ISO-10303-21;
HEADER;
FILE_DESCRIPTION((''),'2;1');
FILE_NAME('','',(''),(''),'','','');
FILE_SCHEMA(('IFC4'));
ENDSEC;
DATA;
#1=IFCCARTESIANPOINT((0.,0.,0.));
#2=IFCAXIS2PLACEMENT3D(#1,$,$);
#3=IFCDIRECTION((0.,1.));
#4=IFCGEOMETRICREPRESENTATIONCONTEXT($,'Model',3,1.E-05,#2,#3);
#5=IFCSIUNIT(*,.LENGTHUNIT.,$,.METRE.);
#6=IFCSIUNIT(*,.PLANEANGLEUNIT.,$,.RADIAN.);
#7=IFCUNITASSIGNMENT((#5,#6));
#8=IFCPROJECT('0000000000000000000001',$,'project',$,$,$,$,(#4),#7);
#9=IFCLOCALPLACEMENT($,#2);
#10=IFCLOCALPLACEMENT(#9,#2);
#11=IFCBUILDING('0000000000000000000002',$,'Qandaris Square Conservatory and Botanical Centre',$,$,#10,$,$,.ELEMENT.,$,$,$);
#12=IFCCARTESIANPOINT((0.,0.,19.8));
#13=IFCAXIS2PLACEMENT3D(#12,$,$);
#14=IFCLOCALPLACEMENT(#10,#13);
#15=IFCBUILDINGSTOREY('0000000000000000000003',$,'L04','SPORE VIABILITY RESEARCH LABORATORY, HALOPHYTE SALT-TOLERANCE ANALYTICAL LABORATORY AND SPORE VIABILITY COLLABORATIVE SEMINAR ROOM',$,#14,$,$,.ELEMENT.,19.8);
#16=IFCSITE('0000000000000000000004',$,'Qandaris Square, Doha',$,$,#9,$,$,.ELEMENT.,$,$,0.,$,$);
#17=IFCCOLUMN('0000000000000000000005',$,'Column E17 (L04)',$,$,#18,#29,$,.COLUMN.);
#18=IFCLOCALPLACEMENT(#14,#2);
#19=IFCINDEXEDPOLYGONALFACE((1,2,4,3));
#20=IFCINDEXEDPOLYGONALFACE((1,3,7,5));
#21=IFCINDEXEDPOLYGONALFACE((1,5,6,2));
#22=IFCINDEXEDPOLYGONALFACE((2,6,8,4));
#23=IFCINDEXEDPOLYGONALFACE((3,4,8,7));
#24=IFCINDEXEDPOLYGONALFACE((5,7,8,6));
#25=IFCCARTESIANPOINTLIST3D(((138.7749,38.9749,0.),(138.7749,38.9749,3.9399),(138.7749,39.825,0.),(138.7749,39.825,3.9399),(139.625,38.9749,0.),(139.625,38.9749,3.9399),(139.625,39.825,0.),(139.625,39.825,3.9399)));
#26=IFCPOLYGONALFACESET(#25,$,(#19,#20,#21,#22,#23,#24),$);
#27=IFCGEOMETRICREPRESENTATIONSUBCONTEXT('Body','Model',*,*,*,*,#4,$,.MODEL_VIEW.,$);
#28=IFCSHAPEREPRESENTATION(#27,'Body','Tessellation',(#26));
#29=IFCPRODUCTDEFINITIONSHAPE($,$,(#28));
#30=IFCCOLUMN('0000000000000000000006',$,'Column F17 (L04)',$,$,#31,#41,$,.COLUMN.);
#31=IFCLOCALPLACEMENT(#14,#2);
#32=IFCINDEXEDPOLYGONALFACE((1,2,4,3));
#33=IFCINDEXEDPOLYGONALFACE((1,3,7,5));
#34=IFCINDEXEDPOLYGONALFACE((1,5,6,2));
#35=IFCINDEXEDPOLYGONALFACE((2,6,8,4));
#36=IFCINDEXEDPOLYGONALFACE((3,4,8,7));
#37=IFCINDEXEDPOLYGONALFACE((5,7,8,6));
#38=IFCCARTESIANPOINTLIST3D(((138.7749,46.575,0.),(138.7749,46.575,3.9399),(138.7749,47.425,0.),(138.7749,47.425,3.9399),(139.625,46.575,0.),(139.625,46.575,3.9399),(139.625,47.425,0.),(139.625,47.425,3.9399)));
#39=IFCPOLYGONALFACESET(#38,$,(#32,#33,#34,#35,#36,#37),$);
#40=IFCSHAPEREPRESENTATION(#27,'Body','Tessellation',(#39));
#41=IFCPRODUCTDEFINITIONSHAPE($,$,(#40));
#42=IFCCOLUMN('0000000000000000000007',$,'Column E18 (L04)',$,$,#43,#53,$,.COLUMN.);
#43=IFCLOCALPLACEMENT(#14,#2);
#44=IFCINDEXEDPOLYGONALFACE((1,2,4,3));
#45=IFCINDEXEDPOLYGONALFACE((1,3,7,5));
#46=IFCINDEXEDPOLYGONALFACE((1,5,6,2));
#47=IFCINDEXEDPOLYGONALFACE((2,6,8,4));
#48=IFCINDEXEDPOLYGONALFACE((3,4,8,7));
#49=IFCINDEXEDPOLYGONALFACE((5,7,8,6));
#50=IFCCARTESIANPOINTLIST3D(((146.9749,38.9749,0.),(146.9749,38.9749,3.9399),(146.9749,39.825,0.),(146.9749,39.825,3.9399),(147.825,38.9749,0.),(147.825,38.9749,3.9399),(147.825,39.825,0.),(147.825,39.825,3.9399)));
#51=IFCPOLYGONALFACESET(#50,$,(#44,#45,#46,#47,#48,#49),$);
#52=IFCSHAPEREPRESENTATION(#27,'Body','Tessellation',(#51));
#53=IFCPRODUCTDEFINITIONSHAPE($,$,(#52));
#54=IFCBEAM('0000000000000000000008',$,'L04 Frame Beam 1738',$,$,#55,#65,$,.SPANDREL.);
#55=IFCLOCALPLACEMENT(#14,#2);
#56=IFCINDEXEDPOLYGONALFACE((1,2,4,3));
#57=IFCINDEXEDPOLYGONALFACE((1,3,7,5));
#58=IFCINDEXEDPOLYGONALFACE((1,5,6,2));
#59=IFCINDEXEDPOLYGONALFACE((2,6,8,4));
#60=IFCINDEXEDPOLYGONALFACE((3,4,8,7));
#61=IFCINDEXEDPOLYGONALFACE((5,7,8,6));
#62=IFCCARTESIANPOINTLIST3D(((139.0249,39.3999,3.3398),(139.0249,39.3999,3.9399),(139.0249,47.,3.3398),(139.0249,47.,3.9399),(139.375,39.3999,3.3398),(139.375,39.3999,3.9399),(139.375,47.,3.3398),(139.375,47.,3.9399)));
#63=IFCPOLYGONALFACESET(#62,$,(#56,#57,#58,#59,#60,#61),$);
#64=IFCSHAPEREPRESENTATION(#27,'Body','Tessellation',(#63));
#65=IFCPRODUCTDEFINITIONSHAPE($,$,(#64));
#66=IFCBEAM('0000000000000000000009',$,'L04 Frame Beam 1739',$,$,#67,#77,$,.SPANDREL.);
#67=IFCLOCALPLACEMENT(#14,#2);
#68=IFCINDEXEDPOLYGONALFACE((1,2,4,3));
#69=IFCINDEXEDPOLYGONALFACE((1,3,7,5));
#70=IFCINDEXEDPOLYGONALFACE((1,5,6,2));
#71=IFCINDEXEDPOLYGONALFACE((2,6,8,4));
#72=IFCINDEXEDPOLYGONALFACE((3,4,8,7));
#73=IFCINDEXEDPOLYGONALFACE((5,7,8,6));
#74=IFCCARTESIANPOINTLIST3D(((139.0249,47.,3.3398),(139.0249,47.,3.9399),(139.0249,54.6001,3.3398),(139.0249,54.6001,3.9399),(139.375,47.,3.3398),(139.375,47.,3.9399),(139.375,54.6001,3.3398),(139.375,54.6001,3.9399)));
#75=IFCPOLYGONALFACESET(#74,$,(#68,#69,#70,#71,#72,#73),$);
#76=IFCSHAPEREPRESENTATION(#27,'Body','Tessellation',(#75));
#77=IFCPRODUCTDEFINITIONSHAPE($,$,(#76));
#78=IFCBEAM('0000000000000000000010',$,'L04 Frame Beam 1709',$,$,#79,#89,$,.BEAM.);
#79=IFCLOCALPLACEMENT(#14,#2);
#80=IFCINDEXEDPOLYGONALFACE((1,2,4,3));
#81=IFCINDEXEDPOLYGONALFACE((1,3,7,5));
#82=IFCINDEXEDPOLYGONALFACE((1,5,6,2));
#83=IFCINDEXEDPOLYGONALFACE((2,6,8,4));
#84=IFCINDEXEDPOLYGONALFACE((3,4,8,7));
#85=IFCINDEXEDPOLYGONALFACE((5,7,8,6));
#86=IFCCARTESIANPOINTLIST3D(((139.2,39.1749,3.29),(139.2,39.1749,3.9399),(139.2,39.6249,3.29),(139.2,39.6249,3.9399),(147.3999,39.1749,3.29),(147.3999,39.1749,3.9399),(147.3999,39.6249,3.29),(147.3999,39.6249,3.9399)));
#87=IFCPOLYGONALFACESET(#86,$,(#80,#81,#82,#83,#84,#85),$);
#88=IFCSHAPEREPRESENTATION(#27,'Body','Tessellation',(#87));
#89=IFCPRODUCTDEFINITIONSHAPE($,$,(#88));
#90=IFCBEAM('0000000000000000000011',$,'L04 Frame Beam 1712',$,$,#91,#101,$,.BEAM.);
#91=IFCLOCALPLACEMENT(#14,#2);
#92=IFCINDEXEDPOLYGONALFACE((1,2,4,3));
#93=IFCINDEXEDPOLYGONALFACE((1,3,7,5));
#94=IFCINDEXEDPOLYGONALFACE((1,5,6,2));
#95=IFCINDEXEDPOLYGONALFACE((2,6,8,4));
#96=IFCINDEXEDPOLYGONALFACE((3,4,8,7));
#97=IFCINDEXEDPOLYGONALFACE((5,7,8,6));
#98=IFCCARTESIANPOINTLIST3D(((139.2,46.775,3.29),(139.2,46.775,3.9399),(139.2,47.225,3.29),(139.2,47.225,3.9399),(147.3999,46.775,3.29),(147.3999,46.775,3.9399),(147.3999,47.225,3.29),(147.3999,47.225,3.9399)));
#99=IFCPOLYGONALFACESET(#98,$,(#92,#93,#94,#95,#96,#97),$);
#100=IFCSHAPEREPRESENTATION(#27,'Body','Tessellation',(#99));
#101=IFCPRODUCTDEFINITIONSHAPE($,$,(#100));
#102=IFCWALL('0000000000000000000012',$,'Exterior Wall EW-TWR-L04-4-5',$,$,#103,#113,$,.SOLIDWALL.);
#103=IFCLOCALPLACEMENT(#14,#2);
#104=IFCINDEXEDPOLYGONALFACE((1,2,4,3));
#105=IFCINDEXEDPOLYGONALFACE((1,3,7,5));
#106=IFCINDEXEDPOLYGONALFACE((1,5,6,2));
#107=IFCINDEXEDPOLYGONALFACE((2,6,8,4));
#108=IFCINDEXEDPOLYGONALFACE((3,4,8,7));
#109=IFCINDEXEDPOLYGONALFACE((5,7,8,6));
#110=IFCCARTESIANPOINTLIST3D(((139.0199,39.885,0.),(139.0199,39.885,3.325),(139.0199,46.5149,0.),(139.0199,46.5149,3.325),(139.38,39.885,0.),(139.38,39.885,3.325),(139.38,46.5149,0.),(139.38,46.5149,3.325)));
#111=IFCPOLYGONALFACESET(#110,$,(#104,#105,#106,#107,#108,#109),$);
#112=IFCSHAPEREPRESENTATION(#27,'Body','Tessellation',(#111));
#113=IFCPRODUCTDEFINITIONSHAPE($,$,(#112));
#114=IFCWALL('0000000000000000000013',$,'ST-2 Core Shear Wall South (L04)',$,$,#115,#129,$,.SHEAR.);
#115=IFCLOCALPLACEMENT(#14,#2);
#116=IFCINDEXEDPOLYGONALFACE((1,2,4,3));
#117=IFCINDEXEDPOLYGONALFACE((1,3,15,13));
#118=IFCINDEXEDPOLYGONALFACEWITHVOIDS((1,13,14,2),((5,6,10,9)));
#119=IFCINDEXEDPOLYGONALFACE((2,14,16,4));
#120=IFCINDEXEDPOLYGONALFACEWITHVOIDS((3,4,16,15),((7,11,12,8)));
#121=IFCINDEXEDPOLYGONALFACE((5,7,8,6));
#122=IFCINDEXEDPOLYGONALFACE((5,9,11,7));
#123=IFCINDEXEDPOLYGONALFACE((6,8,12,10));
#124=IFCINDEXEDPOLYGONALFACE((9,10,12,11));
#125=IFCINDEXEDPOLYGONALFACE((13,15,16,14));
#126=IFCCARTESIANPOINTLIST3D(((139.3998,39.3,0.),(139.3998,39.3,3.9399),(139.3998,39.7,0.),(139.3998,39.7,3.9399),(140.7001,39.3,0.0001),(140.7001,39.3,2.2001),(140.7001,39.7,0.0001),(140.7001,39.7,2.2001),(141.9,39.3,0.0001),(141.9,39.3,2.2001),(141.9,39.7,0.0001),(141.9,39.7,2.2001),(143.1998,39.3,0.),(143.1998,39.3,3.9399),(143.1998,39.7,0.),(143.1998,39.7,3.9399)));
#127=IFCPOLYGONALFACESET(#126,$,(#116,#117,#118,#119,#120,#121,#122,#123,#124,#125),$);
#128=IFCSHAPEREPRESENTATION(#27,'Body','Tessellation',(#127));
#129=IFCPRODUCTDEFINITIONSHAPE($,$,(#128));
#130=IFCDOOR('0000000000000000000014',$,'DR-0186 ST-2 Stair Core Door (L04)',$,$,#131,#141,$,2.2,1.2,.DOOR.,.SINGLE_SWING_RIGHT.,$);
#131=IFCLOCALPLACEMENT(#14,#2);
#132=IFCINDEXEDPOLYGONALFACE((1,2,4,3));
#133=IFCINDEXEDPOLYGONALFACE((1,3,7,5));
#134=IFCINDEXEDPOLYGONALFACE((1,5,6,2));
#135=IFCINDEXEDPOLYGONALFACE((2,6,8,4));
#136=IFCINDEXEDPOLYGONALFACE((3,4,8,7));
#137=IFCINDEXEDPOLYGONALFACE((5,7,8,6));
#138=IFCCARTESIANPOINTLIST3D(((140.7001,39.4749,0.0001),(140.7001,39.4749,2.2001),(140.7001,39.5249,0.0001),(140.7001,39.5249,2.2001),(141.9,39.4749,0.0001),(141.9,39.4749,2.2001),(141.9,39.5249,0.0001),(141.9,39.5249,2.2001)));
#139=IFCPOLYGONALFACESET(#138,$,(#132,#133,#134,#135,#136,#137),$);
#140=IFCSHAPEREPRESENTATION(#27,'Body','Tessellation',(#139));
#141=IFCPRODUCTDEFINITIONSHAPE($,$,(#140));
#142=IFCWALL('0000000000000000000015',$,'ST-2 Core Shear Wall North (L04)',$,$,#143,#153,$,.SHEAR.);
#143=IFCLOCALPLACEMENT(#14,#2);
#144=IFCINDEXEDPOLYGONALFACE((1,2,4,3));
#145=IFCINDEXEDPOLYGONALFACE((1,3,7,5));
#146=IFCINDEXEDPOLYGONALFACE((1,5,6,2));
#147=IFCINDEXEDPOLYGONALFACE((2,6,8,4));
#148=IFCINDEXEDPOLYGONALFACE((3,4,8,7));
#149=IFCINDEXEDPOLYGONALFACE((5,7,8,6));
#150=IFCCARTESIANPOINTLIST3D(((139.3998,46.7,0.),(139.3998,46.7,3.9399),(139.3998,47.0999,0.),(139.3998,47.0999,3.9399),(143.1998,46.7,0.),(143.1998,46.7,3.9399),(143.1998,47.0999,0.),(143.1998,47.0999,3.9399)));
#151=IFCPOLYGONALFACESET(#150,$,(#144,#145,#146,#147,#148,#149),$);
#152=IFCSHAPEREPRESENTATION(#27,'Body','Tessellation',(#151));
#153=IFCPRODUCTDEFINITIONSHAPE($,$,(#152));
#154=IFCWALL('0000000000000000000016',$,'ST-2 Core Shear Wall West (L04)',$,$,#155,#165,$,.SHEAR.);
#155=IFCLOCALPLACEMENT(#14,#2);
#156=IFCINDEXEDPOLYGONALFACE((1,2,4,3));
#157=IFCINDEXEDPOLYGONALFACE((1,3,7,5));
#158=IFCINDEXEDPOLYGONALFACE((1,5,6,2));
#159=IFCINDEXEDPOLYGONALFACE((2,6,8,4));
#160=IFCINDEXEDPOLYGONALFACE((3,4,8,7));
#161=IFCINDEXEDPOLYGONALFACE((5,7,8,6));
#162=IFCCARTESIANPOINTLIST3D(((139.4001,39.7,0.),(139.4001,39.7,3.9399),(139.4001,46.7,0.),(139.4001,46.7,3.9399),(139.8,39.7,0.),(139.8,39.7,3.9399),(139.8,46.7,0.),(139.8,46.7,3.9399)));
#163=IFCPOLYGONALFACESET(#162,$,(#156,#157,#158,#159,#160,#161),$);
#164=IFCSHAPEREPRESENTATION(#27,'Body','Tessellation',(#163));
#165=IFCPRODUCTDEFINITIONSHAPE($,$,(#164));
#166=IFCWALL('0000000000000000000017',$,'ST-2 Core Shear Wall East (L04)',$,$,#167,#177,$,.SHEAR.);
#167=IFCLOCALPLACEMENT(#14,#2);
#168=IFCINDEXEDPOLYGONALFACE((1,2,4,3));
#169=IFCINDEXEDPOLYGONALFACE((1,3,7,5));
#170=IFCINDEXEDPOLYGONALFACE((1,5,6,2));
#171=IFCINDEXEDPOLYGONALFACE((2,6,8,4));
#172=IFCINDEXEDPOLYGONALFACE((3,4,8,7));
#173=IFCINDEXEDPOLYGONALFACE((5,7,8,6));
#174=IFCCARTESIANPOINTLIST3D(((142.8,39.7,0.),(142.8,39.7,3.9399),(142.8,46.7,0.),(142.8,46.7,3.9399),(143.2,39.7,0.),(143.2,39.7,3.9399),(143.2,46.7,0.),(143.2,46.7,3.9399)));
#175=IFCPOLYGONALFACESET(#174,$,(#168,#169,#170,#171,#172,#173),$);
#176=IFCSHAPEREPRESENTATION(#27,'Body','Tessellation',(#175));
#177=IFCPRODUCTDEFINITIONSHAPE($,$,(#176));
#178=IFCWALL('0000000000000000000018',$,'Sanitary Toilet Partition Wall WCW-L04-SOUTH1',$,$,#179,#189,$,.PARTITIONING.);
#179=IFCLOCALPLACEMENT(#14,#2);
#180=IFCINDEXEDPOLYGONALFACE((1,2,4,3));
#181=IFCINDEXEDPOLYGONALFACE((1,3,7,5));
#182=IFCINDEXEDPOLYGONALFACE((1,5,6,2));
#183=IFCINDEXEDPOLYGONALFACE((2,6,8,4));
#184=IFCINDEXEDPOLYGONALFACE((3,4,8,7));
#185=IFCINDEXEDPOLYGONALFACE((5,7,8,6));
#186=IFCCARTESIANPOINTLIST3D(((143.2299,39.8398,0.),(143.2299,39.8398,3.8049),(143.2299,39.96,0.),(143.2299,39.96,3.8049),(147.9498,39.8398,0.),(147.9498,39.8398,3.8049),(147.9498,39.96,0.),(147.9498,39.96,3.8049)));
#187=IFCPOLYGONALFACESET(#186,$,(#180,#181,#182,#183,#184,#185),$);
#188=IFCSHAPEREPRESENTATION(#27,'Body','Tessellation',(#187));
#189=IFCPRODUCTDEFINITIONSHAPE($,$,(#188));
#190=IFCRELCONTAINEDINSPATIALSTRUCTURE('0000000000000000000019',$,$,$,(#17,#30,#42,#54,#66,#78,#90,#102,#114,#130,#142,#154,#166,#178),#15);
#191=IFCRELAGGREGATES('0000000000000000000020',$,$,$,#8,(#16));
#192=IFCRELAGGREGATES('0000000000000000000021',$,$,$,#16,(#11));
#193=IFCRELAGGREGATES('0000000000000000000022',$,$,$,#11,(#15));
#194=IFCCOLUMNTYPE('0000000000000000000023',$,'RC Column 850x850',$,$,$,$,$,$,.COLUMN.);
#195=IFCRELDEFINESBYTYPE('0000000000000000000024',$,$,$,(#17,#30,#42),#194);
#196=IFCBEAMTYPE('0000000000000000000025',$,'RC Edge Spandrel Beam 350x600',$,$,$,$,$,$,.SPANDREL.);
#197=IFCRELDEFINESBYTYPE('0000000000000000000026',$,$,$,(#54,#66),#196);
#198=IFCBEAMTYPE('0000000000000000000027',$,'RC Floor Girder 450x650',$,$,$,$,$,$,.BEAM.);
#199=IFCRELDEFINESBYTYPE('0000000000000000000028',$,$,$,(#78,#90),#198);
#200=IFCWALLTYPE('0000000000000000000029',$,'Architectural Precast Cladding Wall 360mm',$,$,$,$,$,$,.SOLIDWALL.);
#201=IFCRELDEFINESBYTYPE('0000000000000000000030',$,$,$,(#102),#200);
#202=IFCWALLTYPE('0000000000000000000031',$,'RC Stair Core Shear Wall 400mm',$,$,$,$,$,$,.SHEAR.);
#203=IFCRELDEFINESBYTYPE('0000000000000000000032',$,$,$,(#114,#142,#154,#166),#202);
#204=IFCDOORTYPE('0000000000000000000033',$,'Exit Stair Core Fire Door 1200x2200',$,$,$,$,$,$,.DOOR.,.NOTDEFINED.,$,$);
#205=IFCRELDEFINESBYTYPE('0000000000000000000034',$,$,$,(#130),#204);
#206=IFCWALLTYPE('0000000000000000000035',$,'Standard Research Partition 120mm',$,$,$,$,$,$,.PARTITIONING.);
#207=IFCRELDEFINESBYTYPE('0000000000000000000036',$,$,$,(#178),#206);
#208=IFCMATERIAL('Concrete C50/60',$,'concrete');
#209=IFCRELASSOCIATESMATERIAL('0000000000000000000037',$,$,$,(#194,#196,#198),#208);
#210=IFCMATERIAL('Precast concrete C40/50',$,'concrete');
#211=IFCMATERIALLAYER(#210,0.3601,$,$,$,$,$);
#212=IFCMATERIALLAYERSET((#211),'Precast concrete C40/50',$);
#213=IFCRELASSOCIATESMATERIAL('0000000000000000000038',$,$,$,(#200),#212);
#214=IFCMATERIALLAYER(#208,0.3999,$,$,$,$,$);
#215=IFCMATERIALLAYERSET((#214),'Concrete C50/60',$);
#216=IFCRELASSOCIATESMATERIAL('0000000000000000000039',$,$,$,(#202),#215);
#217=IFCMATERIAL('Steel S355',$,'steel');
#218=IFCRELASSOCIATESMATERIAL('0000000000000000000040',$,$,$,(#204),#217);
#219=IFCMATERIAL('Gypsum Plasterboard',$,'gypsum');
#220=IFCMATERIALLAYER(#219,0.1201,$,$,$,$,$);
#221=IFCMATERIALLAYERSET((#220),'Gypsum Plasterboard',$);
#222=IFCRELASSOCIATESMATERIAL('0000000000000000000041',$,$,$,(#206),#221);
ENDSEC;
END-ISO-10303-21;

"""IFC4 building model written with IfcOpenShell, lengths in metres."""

from ifc_helpers import new_model, si_unit, direction, frame, frame_2d, origin, origin_2d, place, context, subcontext, project, spatial, rectangle, extrude, material, layer, layer_set, material_profile, profile_set, type_object, element, fill, save


model = new_model("IFC4")

# Units and contexts
model_context = context("Model", 3, precision=1e-05, world=origin(), true_north=direction((0.0, 1.0)))
body_context = subcontext(model_context, "Body", "Model", "MODEL_VIEW")
ifc_project = project(units=[si_unit("LENGTHUNIT", "METRE"), si_unit("PLANEANGLEUNIT", "RADIAN")], contexts=[model_context])

# Site, building, storey
site_placement = place(None, origin())
site = spatial("IfcSite", under=ifc_project, at=site_placement, Name="Qandaris Square, Doha", CompositionType="ELEMENT", RefElevation=0.0)
building_placement = place(site_placement, origin())
building = spatial("IfcBuilding", under=site, at=building_placement, Name="Qandaris Square Conservatory and Botanical Centre", CompositionType="ELEMENT")
storey_placement = place(building_placement, frame((0.0, 0.0, 19.8)))
storey = spatial("IfcBuildingStorey", under=building, at=storey_placement, Name="L04", Description="SPORE VIABILITY RESEARCH LABORATORY, HALOPHYTE SALT-TOLERANCE ANALYTICAL LABORATORY AND SPORE VIABILITY COLLABORATIVE SEMINAR ROOM", CompositionType="ELEMENT", Elevation=19.8)

# Columns
ifc_material_1 = material(Name="Concrete C50/60", Category="concrete")
ifc_material_profile_1 = material_profile(ifc_material_1, rectangle(XDim=0.8501, YDim=0.8501, at=origin_2d()), Name="RC-COL 850x850")
ifc_profile_set_1 = profile_set([ifc_material_profile_1], Name="Concrete C50/60")
column_type = type_object("IfcColumnType", Name="RC Column 850x850", PredefinedType="COLUMN", material=ifc_profile_set_1)
for number, where, z_axis, x_axis, name in (
    (1, (139.2, 39.3999, 0.0), (0.0, 0.0, 1.0), (1.0, 0.0, 0.0), "Column E17 (L04)"),
    (2, (139.2, 47.0, 0.0), (0.0, 0.0, 1.0), (1.0, 0.0, 0.0), "Column F17 (L04)"),
    (3, (147.3999, 39.3999, 0.0), (0.0, 0.0, 1.0), (1.0, 0.0, 0.0), "Column E18 (L04)"),
):
    element("IfcColumn", number, at=place(storey_placement, frame(where, z_axis=z_axis, x_axis=x_axis)), inside=storey, type_object=column_type, Name=name, PredefinedType="COLUMN", context=body_context, shape_type="SweptSolid", body=[
        extrude(rectangle(XDim=0.8501, YDim=0.8501, at=origin_2d()), origin(), (0.0, 0.0, 1.0), 3.9399),
    ])

# Beams
ifc_material_profile_2 = material_profile(ifc_material_1, rectangle(XDim=0.3501, YDim=0.6001, at=origin_2d()), Name="RC-SP 350x600")
ifc_profile_set_2 = profile_set([ifc_material_profile_2], Name="Concrete C50/60")
beam_type_1 = type_object("IfcBeamType", Name="RC Edge Spandrel Beam 350x600", PredefinedType="SPANDREL", material=ifc_profile_set_2)
for number, where, z_axis, x_axis, name in (
    (4, (139.2, 39.3999, 3.6399), (0.0, 1.0, 0.0), (-1.0, 0.0, 0.0), "L04 Frame Beam 1738"),
    (5, (139.2, 47.0, 3.6399), (0.0, 1.0, 0.0), (-1.0, 0.0, 0.0), "L04 Frame Beam 1739"),
):
    element("IfcBeam", number, at=place(storey_placement, frame(where, z_axis=z_axis, x_axis=x_axis)), inside=storey, type_object=beam_type_1, Name=name, PredefinedType="SPANDREL", context=body_context, shape_type="SweptSolid", body=[
        extrude(rectangle(XDim=0.3501, YDim=0.6001, at=origin_2d()), origin(), (0.0, 0.0, 1.0), 7.6001),
    ])
ifc_material_profile_3 = material_profile(ifc_material_1, rectangle(XDim=0.45, YDim=0.6499, at=origin_2d()), Name="RC-BM 450x650")
ifc_profile_set_3 = profile_set([ifc_material_profile_3], Name="Concrete C50/60")
beam_type_2 = type_object("IfcBeamType", Name="RC Floor Girder 450x650", PredefinedType="BEAM", material=ifc_profile_set_3)
for number, where, z_axis, x_axis, name in (
    (6, (139.2, 39.3999, 3.615), (1.0, 0.0, 0.0), (0.0, 1.0, 0.0), "L04 Frame Beam 1709"),
    (7, (139.2, 47.0, 3.615), (1.0, 0.0, 0.0), (0.0, 1.0, 0.0), "L04 Frame Beam 1712"),
):
    element("IfcBeam", number, at=place(storey_placement, frame(where, z_axis=z_axis, x_axis=x_axis)), inside=storey, type_object=beam_type_2, Name=name, PredefinedType="BEAM", context=body_context, shape_type="SweptSolid", body=[
        extrude(rectangle(XDim=0.45, YDim=0.6499, at=origin_2d()), origin(), (0.0, 0.0, 1.0), 8.2),
    ])

# Wall
ifc_material_2 = material(Name="Precast concrete C40/50", Category="concrete")
ifc_layer_1 = layer(ifc_material_2, 0.3601)
ifc_layer_set_1 = layer_set([ifc_layer_1], Name="Precast concrete C40/50")
wall_type_1 = type_object("IfcWallType", Name="Architectural Precast Cladding Wall 360mm", PredefinedType="SOLIDWALL", material=ifc_layer_set_1)
wall_1_placement = place(storey_placement, frame((139.2, 46.5149, 0.0), z_axis=(0.0, 0.0, 1.0), x_axis=(0.0, -1.0, 0.0)))
element("IfcWall", 8, at=wall_1_placement, inside=storey, type_object=wall_type_1, Name="Exterior Wall EW-TWR-L04-4-5", PredefinedType="SOLIDWALL", context=body_context, shape_type="SweptSolid", body=[
    extrude(rectangle(XDim=6.6299, YDim=0.3601, at=frame_2d((3.3149, 0.0))), origin(), (0.0, 0.0, 1.0), 3.325),
])

# Wall, opening, door
ifc_layer_2 = layer(ifc_material_1, 0.3999)
ifc_layer_set_2 = layer_set([ifc_layer_2], Name="Concrete C50/60")
wall_type_2 = type_object("IfcWallType", Name="RC Stair Core Shear Wall 400mm", PredefinedType="SHEAR", material=ifc_layer_set_2)
wall_2_placement = place(storey_placement, frame((139.3999, 39.5, 0.0), z_axis=(0.0, 0.0, 1.0), x_axis=(1.0, 0.0, 0.0)))
wall_2 = element("IfcWall", 9, at=wall_2_placement, inside=storey, type_object=wall_type_2, Name="ST-2 Core Shear Wall South (L04)", PredefinedType="SHEAR", context=body_context, shape_type="SweptSolid", body=[
    extrude(rectangle(XDim=3.8, YDim=0.3999, at=frame_2d((1.8999, 0.0))), origin(), (0.0, 0.0, 1.0), 3.9399),
])
opening_placement = place(wall_2_placement, frame((1.3, 0.0, 0.0)))
opening = element("IfcOpeningElement", 10, at=opening_placement, cuts=wall_2, PredefinedType="OPENING", context=body_context, shape_type="SweptSolid", body=[
    extrude(rectangle(XDim=1.2, YDim=2.2, at=frame_2d((0.6001, 1.1001))), frame((0.0, 0.2119, 0.0), z_axis=(0.0, -1.0, 0.0), x_axis=(1.0, 0.0, 0.0)), (0.0, 0.0, 1.0), 0.4238),
])
ifc_material_3 = material(Name="Steel S355", Category="steel")
door_type = type_object("IfcDoorType", Name="Exit Stair Core Fire Door 1200x2200", OperationType="NOTDEFINED", PredefinedType="DOOR", material=ifc_material_3)
door_placement = place(opening_placement, origin())
door = element("IfcDoor", 11, at=door_placement, inside=storey, type_object=door_type, Name="DR-0186 ST-2 Stair Core Door (L04)", OperationType="SINGLE_SWING_RIGHT", OverallHeight=2.2, OverallWidth=1.2, PredefinedType="DOOR", context=body_context, shape_type="SweptSolid", body=[
    extrude(rectangle(XDim=1.2, YDim=2.2, at=frame_2d((0.6001, 1.1001))), frame((0.0, 0.0249, 0.0), z_axis=(0.0, -1.0, 0.0), x_axis=(1.0, 0.0, 0.0)), (0.0, 0.0, 1.0), 0.05),
])
fill(opening, door)

# Walls
wall_3_placement = place(storey_placement, frame((139.3999, 46.8999, 0.0), z_axis=(0.0, 0.0, 1.0), x_axis=(1.0, 0.0, 0.0)))
element("IfcWall", 12, at=wall_3_placement, inside=storey, type_object=wall_type_2, Name="ST-2 Core Shear Wall North (L04)", PredefinedType="SHEAR", context=body_context, shape_type="SweptSolid", body=[
    extrude(rectangle(XDim=3.8, YDim=0.3999, at=frame_2d((1.8999, 0.0))), origin(), (0.0, 0.0, 1.0), 3.9399),
])
for number, where, z_axis, x_axis, name in (
    (13, (139.6001, 39.7, 0.0), (0.0, 0.0, 1.0), (0.0, 1.0, 0.0), "ST-2 Core Shear Wall West (L04)"),
    (14, (143.0, 39.7, 0.0), (0.0, 0.0, 1.0), (0.0, 1.0, 0.0), "ST-2 Core Shear Wall East (L04)"),
):
    element("IfcWall", number, at=place(storey_placement, frame(where, z_axis=z_axis, x_axis=x_axis)), inside=storey, type_object=wall_type_2, Name=name, PredefinedType="SHEAR", context=body_context, shape_type="SweptSolid", body=[
        extrude(rectangle(XDim=7.0, YDim=0.3999, at=frame_2d((3.5, 0.0))), origin(), (0.0, 0.0, 1.0), 3.9399),
    ])
ifc_material_4 = material(Name="Gypsum Plasterboard", Category="gypsum")
ifc_layer_3 = layer(ifc_material_4, 0.1201)
ifc_layer_set_3 = layer_set([ifc_layer_3], Name="Gypsum Plasterboard")
wall_type_3 = type_object("IfcWallType", Name="Standard Research Partition 120mm", PredefinedType="PARTITIONING", material=ifc_layer_set_3)
for number, where, z_axis, x_axis, name in (
    (15, (143.23, 39.8999, 0.0), (0.0, 0.0, 1.0), (1.0, 0.0, 0.0), "Sanitary Toilet Partition Wall WCW-L04-SOUTH1"),
):
    element("IfcWall", number, at=place(storey_placement, frame(where, z_axis=z_axis, x_axis=x_axis)), inside=storey, type_object=wall_type_3, Name=name, PredefinedType="PARTITIONING", context=body_context, shape_type="SweptSolid", body=[
        extrude(rectangle(XDim=4.72, YDim=0.1201, at=frame_2d((2.3599, 0.0))), origin(), (0.0, 0.0, 1.0), 3.8049),
    ])

save(model, "model.ifc")
